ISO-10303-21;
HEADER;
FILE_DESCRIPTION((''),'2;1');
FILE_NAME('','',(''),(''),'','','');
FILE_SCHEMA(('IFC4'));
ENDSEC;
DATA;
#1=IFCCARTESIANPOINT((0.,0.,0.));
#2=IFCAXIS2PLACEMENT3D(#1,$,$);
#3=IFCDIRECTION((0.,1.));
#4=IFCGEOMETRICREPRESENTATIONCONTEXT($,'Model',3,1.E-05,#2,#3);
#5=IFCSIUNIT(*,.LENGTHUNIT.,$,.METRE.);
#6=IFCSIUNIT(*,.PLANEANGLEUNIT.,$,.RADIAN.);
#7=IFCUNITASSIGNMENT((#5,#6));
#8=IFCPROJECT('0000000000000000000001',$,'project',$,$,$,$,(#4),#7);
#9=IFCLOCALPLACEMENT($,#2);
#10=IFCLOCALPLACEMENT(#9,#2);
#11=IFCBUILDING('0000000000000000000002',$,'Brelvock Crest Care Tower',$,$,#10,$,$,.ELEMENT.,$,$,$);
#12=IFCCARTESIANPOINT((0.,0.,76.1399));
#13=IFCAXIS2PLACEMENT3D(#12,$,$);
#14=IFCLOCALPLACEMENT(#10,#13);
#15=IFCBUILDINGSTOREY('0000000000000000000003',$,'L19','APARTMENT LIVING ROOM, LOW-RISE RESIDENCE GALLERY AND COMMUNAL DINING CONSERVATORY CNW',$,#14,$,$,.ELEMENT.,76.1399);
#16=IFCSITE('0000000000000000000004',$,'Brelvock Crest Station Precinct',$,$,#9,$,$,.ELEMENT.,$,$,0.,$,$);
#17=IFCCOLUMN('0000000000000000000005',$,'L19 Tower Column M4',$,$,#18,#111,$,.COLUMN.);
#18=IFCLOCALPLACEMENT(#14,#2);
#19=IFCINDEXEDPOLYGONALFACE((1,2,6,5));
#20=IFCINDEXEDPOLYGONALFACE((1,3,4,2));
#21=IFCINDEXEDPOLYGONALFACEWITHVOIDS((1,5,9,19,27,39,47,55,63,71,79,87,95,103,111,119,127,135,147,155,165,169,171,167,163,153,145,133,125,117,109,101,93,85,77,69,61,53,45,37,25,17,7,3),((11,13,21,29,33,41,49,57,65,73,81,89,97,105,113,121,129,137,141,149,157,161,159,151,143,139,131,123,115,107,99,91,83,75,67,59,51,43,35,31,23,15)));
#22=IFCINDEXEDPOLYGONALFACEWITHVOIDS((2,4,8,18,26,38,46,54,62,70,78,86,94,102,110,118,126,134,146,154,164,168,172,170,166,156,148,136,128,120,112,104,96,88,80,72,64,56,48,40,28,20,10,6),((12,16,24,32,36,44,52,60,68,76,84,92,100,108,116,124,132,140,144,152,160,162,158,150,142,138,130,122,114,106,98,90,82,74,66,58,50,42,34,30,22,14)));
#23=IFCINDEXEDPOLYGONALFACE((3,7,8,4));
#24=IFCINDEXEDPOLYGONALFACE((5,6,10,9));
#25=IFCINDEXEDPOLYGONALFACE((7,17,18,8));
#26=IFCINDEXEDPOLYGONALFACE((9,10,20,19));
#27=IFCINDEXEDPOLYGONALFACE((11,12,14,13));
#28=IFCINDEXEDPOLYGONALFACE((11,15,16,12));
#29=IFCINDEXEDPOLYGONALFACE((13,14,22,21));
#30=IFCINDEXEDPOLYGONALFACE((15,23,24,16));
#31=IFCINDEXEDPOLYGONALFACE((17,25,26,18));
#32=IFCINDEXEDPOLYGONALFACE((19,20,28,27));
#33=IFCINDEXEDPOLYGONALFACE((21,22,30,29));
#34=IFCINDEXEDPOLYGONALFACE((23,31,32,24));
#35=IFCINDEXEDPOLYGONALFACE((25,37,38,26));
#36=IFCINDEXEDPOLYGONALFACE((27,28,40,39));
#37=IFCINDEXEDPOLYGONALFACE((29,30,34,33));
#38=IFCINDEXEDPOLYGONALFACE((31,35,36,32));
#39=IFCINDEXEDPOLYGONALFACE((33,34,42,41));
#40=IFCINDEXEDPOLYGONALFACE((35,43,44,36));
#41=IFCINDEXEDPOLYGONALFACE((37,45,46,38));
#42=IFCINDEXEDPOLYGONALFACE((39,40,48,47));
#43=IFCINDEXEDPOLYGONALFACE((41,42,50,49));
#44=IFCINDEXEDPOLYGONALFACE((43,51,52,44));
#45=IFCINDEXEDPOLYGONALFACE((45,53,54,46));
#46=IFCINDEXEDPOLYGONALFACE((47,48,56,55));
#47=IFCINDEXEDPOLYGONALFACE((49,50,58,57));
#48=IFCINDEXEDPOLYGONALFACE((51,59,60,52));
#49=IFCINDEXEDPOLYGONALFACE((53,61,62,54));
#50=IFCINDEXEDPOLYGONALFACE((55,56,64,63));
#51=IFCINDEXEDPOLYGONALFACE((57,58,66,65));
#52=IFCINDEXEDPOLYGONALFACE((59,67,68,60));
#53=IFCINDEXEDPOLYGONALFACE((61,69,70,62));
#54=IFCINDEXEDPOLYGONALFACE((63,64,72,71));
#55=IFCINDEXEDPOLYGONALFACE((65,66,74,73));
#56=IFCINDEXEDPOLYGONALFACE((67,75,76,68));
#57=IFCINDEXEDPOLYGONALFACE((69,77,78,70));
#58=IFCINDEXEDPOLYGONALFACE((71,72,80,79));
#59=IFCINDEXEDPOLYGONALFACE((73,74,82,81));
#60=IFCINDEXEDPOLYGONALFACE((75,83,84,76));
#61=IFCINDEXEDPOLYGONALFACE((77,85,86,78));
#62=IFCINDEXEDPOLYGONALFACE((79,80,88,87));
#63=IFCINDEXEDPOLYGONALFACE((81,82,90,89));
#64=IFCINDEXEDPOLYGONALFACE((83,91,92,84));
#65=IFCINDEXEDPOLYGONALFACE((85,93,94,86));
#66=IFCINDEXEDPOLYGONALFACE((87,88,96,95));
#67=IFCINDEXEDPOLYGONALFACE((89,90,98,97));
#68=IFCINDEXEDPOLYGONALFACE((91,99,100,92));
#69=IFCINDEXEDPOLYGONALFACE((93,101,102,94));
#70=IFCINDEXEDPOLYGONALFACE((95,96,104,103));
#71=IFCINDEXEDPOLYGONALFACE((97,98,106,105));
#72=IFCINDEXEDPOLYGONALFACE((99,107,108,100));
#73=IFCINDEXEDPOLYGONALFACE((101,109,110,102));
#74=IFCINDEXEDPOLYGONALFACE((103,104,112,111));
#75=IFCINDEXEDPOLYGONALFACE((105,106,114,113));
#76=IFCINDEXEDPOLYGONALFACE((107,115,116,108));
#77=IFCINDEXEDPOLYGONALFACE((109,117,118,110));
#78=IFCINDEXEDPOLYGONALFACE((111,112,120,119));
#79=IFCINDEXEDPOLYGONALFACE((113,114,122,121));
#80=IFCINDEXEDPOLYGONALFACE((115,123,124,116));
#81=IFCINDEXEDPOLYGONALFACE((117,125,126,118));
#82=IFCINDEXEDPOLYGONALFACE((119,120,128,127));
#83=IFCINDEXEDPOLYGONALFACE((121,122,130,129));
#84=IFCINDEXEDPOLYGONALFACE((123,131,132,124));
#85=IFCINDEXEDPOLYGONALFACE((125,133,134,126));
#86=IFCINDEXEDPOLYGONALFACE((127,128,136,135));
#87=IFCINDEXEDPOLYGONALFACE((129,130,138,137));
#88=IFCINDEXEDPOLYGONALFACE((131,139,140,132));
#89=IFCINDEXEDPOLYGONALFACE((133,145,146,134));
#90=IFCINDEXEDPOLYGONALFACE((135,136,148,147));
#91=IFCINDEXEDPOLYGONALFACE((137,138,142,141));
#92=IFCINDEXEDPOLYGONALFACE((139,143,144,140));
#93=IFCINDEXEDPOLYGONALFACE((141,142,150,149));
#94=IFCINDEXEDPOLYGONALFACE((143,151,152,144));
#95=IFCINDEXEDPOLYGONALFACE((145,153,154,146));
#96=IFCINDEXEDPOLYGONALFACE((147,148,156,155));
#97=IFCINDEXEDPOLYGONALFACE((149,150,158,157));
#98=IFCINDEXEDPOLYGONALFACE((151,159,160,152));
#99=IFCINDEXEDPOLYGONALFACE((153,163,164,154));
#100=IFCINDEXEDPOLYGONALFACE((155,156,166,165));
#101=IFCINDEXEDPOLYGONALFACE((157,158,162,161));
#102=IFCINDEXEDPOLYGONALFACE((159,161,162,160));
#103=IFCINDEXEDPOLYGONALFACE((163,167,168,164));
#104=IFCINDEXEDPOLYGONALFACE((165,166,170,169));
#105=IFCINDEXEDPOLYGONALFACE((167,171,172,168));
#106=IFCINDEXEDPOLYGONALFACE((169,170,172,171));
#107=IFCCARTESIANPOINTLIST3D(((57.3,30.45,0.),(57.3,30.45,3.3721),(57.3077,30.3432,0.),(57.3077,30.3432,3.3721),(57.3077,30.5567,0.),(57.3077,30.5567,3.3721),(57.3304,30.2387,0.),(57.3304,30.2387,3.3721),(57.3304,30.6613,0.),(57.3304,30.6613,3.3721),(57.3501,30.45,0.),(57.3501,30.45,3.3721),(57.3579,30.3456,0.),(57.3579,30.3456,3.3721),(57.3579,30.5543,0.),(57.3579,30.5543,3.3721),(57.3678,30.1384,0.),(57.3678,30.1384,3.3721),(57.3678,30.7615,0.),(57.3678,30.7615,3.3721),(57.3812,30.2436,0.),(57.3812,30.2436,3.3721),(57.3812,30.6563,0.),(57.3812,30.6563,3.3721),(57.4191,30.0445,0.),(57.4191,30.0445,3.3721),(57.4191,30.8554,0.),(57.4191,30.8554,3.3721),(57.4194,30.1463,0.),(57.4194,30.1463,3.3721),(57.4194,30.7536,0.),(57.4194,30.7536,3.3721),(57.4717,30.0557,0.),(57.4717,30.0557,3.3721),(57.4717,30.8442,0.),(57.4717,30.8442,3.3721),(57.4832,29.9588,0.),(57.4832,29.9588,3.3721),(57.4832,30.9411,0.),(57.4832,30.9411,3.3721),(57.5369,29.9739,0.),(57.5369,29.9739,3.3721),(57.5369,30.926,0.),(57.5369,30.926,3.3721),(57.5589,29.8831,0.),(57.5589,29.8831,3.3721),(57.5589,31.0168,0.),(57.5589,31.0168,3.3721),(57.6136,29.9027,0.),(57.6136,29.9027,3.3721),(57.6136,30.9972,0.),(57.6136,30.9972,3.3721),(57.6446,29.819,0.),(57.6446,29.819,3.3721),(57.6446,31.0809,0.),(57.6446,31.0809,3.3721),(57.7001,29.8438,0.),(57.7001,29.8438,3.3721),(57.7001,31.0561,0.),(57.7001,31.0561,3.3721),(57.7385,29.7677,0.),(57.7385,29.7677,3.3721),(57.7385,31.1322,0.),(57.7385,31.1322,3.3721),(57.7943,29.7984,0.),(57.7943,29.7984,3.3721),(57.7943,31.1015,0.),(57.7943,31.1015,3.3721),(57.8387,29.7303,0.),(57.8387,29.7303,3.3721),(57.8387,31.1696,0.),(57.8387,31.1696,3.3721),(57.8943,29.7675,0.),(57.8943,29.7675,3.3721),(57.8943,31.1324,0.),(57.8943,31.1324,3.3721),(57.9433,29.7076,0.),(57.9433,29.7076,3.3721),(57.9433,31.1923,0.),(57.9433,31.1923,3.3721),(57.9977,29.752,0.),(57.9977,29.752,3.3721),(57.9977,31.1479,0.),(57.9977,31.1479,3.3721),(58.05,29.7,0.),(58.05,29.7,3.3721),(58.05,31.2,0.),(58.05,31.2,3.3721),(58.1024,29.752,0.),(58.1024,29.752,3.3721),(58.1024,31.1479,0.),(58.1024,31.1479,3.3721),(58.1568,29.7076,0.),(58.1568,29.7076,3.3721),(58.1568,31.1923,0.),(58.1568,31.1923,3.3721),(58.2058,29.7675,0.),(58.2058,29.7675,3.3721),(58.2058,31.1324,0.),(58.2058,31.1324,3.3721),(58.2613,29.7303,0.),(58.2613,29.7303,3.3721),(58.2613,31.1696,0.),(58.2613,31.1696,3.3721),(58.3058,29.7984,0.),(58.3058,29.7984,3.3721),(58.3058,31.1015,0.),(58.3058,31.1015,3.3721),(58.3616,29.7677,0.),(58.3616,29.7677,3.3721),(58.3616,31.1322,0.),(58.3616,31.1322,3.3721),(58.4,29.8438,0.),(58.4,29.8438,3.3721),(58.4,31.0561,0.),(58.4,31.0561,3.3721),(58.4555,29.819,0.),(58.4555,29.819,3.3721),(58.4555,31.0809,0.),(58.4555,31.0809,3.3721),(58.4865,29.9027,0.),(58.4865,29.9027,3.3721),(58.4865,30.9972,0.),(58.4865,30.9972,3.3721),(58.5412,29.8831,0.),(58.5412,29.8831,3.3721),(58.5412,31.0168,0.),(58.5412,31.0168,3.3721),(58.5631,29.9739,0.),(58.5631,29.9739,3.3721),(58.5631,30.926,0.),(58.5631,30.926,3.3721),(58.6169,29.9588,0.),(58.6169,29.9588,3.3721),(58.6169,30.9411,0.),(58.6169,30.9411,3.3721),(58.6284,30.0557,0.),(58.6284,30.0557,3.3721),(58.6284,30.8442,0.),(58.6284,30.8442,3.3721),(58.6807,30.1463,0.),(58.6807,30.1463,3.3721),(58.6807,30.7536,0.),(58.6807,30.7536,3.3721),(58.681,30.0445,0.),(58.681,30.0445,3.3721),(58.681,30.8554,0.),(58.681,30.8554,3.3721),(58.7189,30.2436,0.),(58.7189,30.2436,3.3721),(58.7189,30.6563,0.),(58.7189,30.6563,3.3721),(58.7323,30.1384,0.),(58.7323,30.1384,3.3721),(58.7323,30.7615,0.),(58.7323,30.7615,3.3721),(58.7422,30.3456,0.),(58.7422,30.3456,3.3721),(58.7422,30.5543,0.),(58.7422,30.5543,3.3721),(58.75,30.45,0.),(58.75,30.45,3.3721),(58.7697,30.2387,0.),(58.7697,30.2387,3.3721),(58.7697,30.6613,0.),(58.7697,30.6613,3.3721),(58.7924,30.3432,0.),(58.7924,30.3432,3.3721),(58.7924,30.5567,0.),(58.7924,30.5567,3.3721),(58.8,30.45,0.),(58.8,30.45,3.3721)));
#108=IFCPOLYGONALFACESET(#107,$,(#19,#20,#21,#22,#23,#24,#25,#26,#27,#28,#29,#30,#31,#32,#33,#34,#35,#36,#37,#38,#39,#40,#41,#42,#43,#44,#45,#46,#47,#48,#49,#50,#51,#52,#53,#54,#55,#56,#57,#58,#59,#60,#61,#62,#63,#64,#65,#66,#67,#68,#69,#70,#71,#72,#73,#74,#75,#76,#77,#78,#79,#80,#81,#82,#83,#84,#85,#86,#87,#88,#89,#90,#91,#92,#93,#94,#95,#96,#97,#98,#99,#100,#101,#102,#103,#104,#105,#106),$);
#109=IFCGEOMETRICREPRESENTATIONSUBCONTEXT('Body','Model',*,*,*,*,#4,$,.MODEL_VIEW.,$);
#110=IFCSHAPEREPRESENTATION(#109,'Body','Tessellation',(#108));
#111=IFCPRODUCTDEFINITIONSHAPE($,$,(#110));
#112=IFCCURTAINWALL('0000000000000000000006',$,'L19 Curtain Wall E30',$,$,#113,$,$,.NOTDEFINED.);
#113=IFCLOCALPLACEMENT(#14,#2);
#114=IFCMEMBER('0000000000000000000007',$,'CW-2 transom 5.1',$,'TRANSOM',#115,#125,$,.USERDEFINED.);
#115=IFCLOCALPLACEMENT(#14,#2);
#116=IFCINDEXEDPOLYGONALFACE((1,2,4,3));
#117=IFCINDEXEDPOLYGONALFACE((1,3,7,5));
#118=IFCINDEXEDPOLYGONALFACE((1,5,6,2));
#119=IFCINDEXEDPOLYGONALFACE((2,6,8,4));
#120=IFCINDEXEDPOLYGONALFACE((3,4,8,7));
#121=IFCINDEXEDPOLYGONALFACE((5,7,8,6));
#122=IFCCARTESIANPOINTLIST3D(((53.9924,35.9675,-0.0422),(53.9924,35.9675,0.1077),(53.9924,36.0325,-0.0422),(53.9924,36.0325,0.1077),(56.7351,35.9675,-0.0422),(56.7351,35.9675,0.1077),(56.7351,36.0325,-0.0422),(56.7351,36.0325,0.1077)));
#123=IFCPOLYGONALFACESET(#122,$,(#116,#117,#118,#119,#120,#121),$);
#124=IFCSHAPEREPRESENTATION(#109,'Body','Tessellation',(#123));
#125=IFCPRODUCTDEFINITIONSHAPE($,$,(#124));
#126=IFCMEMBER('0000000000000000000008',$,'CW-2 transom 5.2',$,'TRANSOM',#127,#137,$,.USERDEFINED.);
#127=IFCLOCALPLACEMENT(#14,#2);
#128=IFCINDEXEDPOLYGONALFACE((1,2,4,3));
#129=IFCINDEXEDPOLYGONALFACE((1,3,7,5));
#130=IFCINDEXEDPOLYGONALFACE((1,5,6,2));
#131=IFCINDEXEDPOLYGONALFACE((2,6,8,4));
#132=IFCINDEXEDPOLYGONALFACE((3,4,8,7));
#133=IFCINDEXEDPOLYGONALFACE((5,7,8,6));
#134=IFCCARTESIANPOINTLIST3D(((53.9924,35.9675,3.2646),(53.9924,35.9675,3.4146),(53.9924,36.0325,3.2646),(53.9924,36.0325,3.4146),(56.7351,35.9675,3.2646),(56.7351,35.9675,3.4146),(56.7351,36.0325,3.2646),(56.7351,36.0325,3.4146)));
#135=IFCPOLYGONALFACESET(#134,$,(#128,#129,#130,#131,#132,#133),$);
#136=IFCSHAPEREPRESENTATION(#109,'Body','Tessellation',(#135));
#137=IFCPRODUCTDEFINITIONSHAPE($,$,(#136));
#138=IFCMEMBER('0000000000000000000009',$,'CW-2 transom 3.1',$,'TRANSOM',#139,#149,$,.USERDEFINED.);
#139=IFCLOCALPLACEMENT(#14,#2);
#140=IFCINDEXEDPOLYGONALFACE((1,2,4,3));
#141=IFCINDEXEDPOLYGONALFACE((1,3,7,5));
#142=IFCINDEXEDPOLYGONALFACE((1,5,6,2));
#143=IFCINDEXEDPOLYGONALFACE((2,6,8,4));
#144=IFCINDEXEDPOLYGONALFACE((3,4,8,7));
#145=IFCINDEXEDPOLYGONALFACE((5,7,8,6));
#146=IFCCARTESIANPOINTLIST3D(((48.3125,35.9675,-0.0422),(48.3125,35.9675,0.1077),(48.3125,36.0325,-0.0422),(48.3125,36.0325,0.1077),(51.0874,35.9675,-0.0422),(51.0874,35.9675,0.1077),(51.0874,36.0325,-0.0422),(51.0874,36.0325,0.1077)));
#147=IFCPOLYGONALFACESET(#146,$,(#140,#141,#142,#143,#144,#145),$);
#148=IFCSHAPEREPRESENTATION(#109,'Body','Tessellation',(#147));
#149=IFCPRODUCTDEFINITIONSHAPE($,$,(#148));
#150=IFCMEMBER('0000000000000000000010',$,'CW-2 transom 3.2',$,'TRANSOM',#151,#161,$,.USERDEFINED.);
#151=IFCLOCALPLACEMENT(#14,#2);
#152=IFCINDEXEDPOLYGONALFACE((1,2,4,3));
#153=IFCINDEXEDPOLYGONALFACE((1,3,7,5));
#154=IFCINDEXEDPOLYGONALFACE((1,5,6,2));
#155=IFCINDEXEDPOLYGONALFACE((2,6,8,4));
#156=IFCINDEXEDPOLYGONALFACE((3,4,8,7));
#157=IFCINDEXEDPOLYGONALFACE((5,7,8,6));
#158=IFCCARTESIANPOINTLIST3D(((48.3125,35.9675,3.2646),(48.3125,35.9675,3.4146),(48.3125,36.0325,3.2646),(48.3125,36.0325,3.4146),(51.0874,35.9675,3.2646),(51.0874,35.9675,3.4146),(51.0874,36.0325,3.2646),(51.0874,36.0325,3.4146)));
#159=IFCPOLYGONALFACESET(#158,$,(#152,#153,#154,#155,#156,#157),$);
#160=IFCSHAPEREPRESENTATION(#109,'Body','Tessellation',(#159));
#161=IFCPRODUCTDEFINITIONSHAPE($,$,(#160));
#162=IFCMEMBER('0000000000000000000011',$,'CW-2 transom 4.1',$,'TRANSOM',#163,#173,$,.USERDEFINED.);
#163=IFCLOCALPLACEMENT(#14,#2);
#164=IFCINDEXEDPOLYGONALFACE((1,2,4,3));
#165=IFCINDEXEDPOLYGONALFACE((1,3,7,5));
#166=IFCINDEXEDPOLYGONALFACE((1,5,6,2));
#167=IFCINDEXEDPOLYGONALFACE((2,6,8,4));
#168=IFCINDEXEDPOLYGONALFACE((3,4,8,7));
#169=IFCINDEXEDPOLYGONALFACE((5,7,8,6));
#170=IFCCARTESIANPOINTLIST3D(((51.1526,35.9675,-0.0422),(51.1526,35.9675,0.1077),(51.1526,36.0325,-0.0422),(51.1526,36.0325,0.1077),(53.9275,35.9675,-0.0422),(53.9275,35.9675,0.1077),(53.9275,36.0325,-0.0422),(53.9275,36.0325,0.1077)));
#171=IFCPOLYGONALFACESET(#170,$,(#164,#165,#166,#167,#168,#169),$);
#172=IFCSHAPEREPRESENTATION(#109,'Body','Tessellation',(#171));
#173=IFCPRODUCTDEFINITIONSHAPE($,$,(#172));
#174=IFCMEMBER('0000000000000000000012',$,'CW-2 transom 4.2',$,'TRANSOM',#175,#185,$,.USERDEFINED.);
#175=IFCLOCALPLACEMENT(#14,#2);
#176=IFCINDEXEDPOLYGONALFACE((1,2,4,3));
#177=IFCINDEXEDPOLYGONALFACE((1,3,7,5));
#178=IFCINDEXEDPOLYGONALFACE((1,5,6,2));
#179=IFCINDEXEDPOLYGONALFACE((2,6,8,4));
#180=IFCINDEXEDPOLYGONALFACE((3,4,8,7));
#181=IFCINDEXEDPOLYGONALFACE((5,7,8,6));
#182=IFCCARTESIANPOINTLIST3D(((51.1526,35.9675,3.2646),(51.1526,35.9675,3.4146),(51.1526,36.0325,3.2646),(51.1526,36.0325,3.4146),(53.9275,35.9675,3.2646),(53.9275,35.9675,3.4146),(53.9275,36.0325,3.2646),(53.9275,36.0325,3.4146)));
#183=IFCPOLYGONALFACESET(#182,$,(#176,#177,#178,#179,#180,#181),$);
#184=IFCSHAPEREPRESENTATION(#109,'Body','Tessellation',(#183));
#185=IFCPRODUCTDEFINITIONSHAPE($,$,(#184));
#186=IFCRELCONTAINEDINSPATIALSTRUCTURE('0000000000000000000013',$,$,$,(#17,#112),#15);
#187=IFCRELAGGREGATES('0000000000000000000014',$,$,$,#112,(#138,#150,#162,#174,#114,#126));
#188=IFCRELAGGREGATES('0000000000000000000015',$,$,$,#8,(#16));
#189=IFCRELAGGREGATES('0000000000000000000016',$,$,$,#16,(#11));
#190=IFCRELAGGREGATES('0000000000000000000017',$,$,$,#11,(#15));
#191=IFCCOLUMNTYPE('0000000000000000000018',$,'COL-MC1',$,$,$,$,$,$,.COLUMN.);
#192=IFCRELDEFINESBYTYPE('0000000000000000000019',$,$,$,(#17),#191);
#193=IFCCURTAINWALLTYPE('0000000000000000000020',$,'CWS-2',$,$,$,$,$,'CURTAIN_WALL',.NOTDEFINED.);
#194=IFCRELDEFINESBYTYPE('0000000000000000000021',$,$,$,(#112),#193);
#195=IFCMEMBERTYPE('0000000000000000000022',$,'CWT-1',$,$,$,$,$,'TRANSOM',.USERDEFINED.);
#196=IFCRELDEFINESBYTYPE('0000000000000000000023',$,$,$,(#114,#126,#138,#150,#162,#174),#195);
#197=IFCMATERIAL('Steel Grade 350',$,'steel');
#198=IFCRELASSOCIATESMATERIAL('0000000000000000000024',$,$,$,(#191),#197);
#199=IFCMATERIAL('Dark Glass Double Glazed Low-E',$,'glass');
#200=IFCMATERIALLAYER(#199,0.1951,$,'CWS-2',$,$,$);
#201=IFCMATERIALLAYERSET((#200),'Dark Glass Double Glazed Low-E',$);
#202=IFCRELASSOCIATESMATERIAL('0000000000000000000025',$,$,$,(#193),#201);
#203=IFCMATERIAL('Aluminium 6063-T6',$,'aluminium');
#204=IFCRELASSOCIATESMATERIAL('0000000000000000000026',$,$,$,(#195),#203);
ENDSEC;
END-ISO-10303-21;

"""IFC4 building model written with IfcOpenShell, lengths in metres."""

from ifc_helpers import new_model, si_unit, direction, frame, origin, origin_2d, place, context, subcontext, project, spatial, rectangle, hollow_circle, extrude, source, transform, mapped, material, layer, layer_set, material_profile, profile_set, type_object, element, aggregate, save


model = new_model("IFC4")

# Units and contexts
model_context = context("Model", 3, precision=1e-05, world=origin(), true_north=direction((0.0, 1.0)))
body_context = subcontext(model_context, "Body", "Model", "MODEL_VIEW")
ifc_project = project(units=[si_unit("LENGTHUNIT", "METRE"), si_unit("PLANEANGLEUNIT", "RADIAN")], contexts=[model_context])

# Site, building, storey
site_placement = place(None, origin())
site = spatial("IfcSite", under=ifc_project, at=site_placement, Name="Brelvock Crest Station Precinct", CompositionType="ELEMENT", RefElevation=0.0)
building_placement = place(site_placement, origin())
building = spatial("IfcBuilding", under=site, at=building_placement, Name="Brelvock Crest Care Tower", CompositionType="ELEMENT")
storey_placement = place(building_placement, frame((0.0, 0.0, 76.1399)))
storey = spatial("IfcBuildingStorey", under=building, at=storey_placement, Name="L19", Description="APARTMENT LIVING ROOM, LOW-RISE RESIDENCE GALLERY AND COMMUNAL DINING CONSERVATORY CNW", CompositionType="ELEMENT", Elevation=76.1399)

# Column
ifc_material_1 = material(Name="Steel Grade 350", Category="steel")
ifc_material_profile_1 = material_profile(ifc_material_1, hollow_circle(Radius=0.75, WallThickness=0.05, at=origin_2d()), Name="CFT1500x50")
ifc_profile_set_1 = profile_set([ifc_material_profile_1], Name="Steel Grade 350")
column_type = type_object("IfcColumnType", Name="COL-MC1", PredefinedType="COLUMN", material=ifc_profile_set_1)
shared_shape_1 = source(origin(), body_context, "Body", "SweptSolid", [
    extrude(hollow_circle(Radius=0.75, WallThickness=0.05, at=origin_2d()), origin(), (0.0, 0.0, 1.0), 3.3721),
])
column_placement = place(storey_placement, frame((58.05, 30.45, 0.0), z_axis=(0.0, 0.0, 1.0), x_axis=(1.0, 0.0, 0.0)))
element("IfcColumn", 1, at=column_placement, inside=storey, type_object=column_type, Name="L19 Tower Column M4", PredefinedType="COLUMN", context=body_context, shape_type="MappedRepresentation", body=[
    mapped(shared_shape_1, transform((0.0, 0.0, 0.0), x_axis=(1.0, 0.0, 0.0), y_axis=(0.0, 1.0, 0.0), z_axis=(0.0, 0.0, 1.0), scale=1.0)),
])

# Curtain wall, members
ifc_material_2 = material(Name="Dark Glass Double Glazed Low-E", Category="glass")
ifc_layer_1 = layer(ifc_material_2, 0.1951, Name="CWS-2")
ifc_layer_set_1 = layer_set([ifc_layer_1], Name="Dark Glass Double Glazed Low-E")
curtain_wall_type = type_object("IfcCurtainWallType", Name="CWS-2", ElementType="CURTAIN_WALL", PredefinedType="NOTDEFINED", material=ifc_layer_set_1)
curtain_wall_1_placement = place(storey_placement, origin())
curtain_wall_1 = element("IfcCurtainWall", 2, at=curtain_wall_1_placement, inside=storey, type_object=curtain_wall_type, Name="L19 Curtain Wall E30", PredefinedType="NOTDEFINED")
ifc_material_3 = material(Name="Aluminium 6063-T6", Category="aluminium")
ifc_material_profile_2 = material_profile(ifc_material_3, rectangle(XDim=0.0649, YDim=0.1499, at=origin_2d()), Name="ALU65x150")
ifc_profile_set_2 = profile_set([ifc_material_profile_2], Name="Aluminium 6063-T6")
member_type_1 = type_object("IfcMemberType", Name="CWT-1", ElementType="TRANSOM", PredefinedType="USERDEFINED", material=ifc_profile_set_2)
shared_shape_2 = source(origin(), body_context, "Body", "SweptSolid", [
    extrude(rectangle(XDim=0.0649, YDim=0.1499, at=origin_2d()), origin(), (0.0, 0.0, 1.0), 2.7427),
])
member_1_placement = place(storey_placement, frame((53.9924, 36.0, 0.0327), z_axis=(1.0, 0.0, 0.0), x_axis=(0.0, 1.0, 0.0)))
member_1 = element("IfcMember", 3, at=member_1_placement, type_object=member_type_1, Name="CW-2 transom 5.1", ObjectType="TRANSOM", PredefinedType="USERDEFINED", context=body_context, shape_type="MappedRepresentation", body=[
    mapped(shared_shape_2, transform((0.0, 0.0, 0.0), x_axis=(1.0, 0.0, 0.0), y_axis=(0.0, 1.0, 0.0), z_axis=(0.0, 0.0, 1.0), scale=1.0)),
])
member_2_placement = place(storey_placement, frame((53.9924, 36.0, 3.3396), z_axis=(1.0, 0.0, 0.0), x_axis=(0.0, 1.0, 0.0)))
member_2 = element("IfcMember", 4, at=member_2_placement, type_object=member_type_1, Name="CW-2 transom 5.2", ObjectType="TRANSOM", PredefinedType="USERDEFINED", context=body_context, shape_type="MappedRepresentation", body=[
    mapped(shared_shape_2, transform((0.0, 0.0, 0.0), x_axis=(1.0, 0.0, 0.0), y_axis=(0.0, 1.0, 0.0), z_axis=(0.0, 0.0, 1.0), scale=1.0)),
])
shared_shape_3 = source(origin(), body_context, "Body", "SweptSolid", [
    extrude(rectangle(XDim=0.0649, YDim=0.1499, at=origin_2d()), origin(), (0.0, 0.0, 1.0), 2.7749),
])
member_3_placement = place(storey_placement, frame((48.3125, 36.0, 0.0327), z_axis=(1.0, 0.0, 0.0), x_axis=(0.0, 1.0, 0.0)))
member_3 = element("IfcMember", 5, at=member_3_placement, type_object=member_type_1, Name="CW-2 transom 3.1", ObjectType="TRANSOM", PredefinedType="USERDEFINED", context=body_context, shape_type="MappedRepresentation", body=[
    mapped(shared_shape_3, transform((0.0, 0.0, 0.0), x_axis=(1.0, 0.0, 0.0), y_axis=(0.0, 1.0, 0.0), z_axis=(0.0, 0.0, 1.0), scale=1.0)),
])
member_4_placement = place(storey_placement, frame((48.3125, 36.0, 3.3396), z_axis=(1.0, 0.0, 0.0), x_axis=(0.0, 1.0, 0.0)))
member_4 = element("IfcMember", 6, at=member_4_placement, type_object=member_type_1, Name="CW-2 transom 3.2", ObjectType="TRANSOM", PredefinedType="USERDEFINED", context=body_context, shape_type="MappedRepresentation", body=[
    mapped(shared_shape_3, transform((0.0, 0.0, 0.0), x_axis=(1.0, 0.0, 0.0), y_axis=(0.0, 1.0, 0.0), z_axis=(0.0, 0.0, 1.0), scale=1.0)),
])
member_5_placement = place(storey_placement, frame((51.1526, 36.0, 0.0327), z_axis=(1.0, 0.0, 0.0), x_axis=(0.0, 1.0, 0.0)))
member_5 = element("IfcMember", 7, at=member_5_placement, type_object=member_type_1, Name="CW-2 transom 4.1", ObjectType="TRANSOM", PredefinedType="USERDEFINED", context=body_context, shape_type="MappedRepresentation", body=[
    mapped(shared_shape_3, transform((0.0, 0.0, 0.0), x_axis=(1.0, 0.0, 0.0), y_axis=(0.0, 1.0, 0.0), z_axis=(0.0, 0.0, 1.0), scale=1.0)),
])
member_6_placement = place(storey_placement, frame((51.1526, 36.0, 3.3396), z_axis=(1.0, 0.0, 0.0), x_axis=(0.0, 1.0, 0.0)))
member_6 = element("IfcMember", 8, at=member_6_placement, type_object=member_type_1, Name="CW-2 transom 4.2", ObjectType="TRANSOM", PredefinedType="USERDEFINED", context=body_context, shape_type="MappedRepresentation", body=[
    mapped(shared_shape_3, transform((0.0, 0.0, 0.0), x_axis=(1.0, 0.0, 0.0), y_axis=(0.0, 1.0, 0.0), z_axis=(0.0, 0.0, 1.0), scale=1.0)),
])

aggregate(curtain_wall_1, [member_3, member_4, member_5, member_6, member_1, member_2])

save(model, "model.ifc")
